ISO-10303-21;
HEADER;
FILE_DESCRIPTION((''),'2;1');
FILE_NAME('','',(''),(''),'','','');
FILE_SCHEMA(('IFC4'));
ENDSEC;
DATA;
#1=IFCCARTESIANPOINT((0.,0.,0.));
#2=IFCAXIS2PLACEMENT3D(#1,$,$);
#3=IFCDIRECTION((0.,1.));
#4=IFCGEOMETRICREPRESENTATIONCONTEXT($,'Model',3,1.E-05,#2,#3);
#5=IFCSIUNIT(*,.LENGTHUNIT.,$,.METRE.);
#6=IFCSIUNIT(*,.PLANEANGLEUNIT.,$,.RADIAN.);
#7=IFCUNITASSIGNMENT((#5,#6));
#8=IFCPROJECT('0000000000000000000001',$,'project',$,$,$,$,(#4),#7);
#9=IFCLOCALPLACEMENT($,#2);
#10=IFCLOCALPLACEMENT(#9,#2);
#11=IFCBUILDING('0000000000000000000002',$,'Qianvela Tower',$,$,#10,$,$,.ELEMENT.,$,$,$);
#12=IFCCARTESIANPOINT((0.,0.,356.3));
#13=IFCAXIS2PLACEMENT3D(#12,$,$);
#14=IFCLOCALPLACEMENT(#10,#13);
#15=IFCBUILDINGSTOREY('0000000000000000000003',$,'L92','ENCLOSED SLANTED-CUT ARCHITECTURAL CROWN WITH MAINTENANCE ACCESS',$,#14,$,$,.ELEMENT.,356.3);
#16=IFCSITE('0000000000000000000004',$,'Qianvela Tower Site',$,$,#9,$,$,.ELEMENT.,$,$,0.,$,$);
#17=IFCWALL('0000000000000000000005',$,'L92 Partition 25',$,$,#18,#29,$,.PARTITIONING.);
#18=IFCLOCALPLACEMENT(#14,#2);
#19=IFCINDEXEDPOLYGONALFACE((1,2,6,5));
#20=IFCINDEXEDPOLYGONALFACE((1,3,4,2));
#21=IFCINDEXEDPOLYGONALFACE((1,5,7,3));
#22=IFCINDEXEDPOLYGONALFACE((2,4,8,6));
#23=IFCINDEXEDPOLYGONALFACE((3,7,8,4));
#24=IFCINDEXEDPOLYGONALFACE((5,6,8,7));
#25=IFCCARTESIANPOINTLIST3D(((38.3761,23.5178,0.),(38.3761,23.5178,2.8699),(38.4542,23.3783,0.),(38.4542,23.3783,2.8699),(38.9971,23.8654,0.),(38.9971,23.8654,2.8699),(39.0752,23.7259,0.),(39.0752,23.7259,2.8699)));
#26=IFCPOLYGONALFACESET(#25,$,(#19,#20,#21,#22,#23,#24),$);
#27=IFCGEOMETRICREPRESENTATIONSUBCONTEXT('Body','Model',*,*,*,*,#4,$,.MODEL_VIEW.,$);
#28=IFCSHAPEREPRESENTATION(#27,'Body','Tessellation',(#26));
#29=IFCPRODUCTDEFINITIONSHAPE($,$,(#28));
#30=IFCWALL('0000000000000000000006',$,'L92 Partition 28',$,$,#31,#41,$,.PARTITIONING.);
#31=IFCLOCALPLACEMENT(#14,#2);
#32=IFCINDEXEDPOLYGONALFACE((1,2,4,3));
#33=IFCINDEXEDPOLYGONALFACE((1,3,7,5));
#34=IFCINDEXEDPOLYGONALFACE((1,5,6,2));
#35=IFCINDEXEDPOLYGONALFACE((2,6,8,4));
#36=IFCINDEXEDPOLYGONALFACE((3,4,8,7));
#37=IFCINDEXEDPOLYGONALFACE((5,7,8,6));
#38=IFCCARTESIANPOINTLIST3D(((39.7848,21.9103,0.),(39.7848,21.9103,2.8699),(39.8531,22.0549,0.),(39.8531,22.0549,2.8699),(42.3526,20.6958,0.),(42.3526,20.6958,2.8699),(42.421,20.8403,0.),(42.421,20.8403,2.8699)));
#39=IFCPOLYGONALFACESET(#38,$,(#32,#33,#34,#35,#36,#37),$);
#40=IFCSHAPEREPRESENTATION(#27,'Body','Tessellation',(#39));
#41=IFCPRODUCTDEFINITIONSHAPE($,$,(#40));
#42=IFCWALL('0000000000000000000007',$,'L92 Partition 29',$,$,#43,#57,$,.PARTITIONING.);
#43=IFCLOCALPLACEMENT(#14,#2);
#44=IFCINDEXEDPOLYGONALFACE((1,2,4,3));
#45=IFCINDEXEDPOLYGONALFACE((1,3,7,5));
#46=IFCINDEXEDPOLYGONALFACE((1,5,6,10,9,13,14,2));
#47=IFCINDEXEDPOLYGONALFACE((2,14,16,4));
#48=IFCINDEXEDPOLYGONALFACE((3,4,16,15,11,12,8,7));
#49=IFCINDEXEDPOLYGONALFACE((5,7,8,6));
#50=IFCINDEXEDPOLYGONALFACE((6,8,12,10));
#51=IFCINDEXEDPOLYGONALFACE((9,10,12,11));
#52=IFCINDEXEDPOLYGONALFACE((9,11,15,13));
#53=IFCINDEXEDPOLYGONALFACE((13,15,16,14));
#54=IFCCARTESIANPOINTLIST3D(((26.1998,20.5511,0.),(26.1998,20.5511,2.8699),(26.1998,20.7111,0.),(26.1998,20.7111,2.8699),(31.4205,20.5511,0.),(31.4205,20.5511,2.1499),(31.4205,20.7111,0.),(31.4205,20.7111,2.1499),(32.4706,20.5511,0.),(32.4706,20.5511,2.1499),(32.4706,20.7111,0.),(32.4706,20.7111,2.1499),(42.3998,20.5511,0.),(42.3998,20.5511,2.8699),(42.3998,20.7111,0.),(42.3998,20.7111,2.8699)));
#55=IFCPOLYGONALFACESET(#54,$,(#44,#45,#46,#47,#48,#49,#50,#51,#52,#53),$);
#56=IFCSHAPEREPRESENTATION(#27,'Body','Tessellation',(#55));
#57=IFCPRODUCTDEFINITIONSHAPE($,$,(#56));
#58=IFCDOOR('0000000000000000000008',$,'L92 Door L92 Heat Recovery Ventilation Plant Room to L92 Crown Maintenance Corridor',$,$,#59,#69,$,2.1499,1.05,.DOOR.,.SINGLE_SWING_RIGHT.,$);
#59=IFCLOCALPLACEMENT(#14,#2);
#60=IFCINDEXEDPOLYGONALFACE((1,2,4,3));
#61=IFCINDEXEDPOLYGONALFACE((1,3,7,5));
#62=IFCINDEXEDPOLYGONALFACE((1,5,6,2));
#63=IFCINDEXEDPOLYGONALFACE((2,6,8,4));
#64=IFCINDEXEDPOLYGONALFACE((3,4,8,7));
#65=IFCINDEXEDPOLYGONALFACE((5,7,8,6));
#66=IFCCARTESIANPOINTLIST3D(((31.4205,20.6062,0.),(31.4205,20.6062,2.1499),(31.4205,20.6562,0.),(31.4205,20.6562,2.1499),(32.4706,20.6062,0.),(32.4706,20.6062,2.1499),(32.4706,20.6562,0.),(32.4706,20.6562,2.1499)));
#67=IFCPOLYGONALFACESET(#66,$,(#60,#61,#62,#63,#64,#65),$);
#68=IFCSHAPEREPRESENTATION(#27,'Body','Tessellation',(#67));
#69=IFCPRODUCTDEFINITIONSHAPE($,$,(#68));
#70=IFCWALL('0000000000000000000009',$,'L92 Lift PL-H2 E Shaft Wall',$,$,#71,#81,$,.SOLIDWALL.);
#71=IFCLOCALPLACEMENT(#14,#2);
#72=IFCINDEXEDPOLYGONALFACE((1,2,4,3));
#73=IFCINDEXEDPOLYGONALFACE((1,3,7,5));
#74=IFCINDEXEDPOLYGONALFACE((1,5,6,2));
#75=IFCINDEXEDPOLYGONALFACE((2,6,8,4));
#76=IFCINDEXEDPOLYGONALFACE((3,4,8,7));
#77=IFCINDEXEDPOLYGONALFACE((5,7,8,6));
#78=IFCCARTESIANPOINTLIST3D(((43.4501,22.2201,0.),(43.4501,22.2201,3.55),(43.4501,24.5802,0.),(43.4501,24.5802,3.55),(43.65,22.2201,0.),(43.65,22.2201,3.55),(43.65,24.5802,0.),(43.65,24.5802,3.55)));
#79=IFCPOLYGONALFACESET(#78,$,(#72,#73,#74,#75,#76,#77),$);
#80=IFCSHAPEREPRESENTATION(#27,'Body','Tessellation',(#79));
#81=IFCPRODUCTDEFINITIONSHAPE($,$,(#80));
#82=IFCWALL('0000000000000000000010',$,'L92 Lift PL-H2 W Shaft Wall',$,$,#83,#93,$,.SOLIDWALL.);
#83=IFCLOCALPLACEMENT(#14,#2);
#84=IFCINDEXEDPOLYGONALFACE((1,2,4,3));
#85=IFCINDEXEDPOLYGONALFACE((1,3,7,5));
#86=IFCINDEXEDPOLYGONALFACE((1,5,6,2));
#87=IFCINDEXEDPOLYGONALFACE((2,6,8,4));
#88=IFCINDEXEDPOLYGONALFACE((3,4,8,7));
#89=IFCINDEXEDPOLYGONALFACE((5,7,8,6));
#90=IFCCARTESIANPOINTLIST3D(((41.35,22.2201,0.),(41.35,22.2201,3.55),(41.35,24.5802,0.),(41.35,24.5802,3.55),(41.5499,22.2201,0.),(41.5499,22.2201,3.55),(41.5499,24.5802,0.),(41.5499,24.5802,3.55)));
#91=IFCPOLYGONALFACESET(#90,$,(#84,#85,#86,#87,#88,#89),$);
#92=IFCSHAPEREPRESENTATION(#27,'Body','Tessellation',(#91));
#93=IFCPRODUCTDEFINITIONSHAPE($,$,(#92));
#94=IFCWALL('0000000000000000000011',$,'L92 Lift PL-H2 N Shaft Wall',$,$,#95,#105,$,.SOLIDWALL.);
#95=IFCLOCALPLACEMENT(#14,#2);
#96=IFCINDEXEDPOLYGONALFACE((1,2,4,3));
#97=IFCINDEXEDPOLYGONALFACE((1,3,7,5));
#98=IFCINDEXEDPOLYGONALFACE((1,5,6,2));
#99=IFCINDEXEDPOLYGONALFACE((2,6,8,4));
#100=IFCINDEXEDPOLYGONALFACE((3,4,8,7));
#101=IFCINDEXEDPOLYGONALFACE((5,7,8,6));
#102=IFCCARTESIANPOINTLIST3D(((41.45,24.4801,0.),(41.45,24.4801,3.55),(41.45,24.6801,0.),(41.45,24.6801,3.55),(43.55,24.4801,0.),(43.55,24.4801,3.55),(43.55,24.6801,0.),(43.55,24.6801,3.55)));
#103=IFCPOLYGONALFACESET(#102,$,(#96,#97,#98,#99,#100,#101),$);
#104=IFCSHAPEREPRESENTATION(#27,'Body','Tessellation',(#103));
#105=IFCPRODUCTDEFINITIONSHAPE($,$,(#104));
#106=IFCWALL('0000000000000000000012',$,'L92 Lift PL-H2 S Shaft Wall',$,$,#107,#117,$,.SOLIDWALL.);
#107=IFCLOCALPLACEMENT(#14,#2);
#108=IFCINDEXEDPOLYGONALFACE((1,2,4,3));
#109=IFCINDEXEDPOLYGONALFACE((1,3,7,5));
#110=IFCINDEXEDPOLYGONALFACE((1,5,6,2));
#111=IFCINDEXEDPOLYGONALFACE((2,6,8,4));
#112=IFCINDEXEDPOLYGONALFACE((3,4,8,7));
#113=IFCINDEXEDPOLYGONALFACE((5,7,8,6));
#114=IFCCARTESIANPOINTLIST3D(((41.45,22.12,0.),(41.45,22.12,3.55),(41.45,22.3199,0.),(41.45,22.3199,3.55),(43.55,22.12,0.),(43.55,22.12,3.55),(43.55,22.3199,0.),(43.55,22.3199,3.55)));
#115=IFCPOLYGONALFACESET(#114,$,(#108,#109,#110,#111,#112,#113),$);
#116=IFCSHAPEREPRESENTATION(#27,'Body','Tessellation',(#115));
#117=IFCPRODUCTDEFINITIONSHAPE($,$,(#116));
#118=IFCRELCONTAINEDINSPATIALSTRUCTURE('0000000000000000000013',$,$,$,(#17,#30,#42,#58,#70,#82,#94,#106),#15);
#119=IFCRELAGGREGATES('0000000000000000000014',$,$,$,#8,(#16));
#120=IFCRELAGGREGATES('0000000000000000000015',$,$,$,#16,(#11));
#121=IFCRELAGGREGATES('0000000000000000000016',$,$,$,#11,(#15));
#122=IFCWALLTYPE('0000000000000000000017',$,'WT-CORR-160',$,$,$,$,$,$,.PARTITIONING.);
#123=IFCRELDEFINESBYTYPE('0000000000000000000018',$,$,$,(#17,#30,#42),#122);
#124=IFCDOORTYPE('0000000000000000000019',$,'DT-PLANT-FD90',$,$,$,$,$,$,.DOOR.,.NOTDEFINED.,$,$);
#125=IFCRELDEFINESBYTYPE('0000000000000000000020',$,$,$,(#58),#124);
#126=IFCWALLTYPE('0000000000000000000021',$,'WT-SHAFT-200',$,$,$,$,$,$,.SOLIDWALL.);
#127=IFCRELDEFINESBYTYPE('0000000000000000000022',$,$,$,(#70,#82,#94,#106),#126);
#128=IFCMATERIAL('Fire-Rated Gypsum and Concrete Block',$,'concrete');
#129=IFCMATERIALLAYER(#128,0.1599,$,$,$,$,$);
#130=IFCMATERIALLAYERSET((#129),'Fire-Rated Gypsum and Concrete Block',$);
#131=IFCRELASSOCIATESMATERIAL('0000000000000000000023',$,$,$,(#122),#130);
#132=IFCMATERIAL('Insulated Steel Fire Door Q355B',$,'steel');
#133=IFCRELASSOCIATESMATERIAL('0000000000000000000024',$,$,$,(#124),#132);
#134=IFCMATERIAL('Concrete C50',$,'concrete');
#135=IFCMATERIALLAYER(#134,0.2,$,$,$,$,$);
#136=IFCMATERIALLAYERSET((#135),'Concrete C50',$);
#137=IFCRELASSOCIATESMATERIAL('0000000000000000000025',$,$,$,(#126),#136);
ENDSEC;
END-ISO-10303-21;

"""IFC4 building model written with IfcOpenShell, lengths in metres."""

from ifc_helpers import new_model, si_unit, direction, frame, frame_2d, origin, place, context, subcontext, project, spatial, rectangle, extrude, material, layer, layer_set, type_object, element, fill, save


model = new_model("IFC4")

# Units and contexts
model_context = context("Model", 3, precision=1e-05, world=origin(), true_north=direction((0.0, 1.0)))
body_context = subcontext(model_context, "Body", "Model", "MODEL_VIEW")
ifc_project = project(units=[si_unit("LENGTHUNIT", "METRE"), si_unit("PLANEANGLEUNIT", "RADIAN")], contexts=[model_context])

# Site, building, storey
site_placement = place(None, origin())
site = spatial("IfcSite", under=ifc_project, at=site_placement, Name="Qianvela Tower Site", CompositionType="ELEMENT", RefElevation=0.0)
building_placement = place(site_placement, origin())
building = spatial("IfcBuilding", under=site, at=building_placement, Name="Qianvela Tower", CompositionType="ELEMENT")
storey_placement = place(building_placement, frame((0.0, 0.0, 356.3)))
storey = spatial("IfcBuildingStorey", under=building, at=storey_placement, Name="L92", Description="ENCLOSED SLANTED-CUT ARCHITECTURAL CROWN WITH MAINTENANCE ACCESS", CompositionType="ELEMENT", Elevation=356.3)

# Shared definitions
ifc_material_1 = material(Name="Fire-Rated Gypsum and Concrete Block", Category="concrete")
ifc_layer_1 = layer(ifc_material_1, 0.1599)
ifc_layer_set_1 = layer_set([ifc_layer_1], Name="Fire-Rated Gypsum and Concrete Block")
wall_type_1 = type_object("IfcWallType", Name="WT-CORR-160", PredefinedType="PARTITIONING", material=ifc_layer_set_1)

# Walls
wall_1_placement = place(storey_placement, frame((38.415, 23.448, 0.0), z_axis=(0.0, 0.0, 1.0), x_axis=(0.8726, 0.488436, 0.0)))
element("IfcWall", 1, at=wall_1_placement, inside=storey, type_object=wall_type_1, Name="L92 Partition 25", PredefinedType="PARTITIONING", context=body_context, shape_type="SweptSolid", body=[
    extrude(rectangle(XDim=0.7117, YDim=0.1599, at=frame_2d((0.356, 0.0))), origin(), (0.0, 0.0, 1.0), 2.8699),
])
wall_2_placement = place(storey_placement, frame((39.8188, 21.9827, 0.0), z_axis=(0.0, 0.0, 1.0), x_axis=(0.903977, -0.42758, 0.0)))
element("IfcWall", 2, at=wall_2_placement, inside=storey, type_object=wall_type_1, Name="L92 Partition 28", PredefinedType="PARTITIONING", context=body_context, shape_type="SweptSolid", body=[
    extrude(rectangle(XDim=2.8406, YDim=0.1599, at=frame_2d((1.4204, 0.0))), origin(), (0.0, 0.0, 1.0), 2.8699),
])

# Wall, opening, door
wall_3_placement = place(storey_placement, frame((42.3999, 20.6311, 0.0), z_axis=(0.0, 0.0, 1.0), x_axis=(-1.0, 0.0, 0.0)))
wall_3 = element("IfcWall", 3, at=wall_3_placement, inside=storey, type_object=wall_type_1, Name="L92 Partition 29", PredefinedType="PARTITIONING", context=body_context, shape_type="SweptSolid", body=[
    extrude(rectangle(XDim=16.2, YDim=0.1599, at=frame_2d((8.1001, 0.0))), origin(), (0.0, 0.0, 1.0), 2.8699),
])
opening_1_placement = place(wall_3_placement, frame((9.9294, 0.0, 0.0)))
opening_1 = element("IfcOpeningElement", 4, at=opening_1_placement, cuts=wall_3, PredefinedType="OPENING", context=body_context, shape_type="SweptSolid", body=[
    extrude(rectangle(XDim=1.05, YDim=2.1499, at=frame_2d((0.5249, 1.075))), frame((0.0, 0.0898, 0.0), z_axis=(0.0, -1.0, 0.0), x_axis=(1.0, 0.0, 0.0)), (0.0, 0.0, 1.0), 0.1799),
])
ifc_material_2 = material(Name="Insulated Steel Fire Door Q355B", Category="steel")
door_type_1 = type_object("IfcDoorType", Name="DT-PLANT-FD90", OperationType="NOTDEFINED", PredefinedType="DOOR", material=ifc_material_2)
door_1_placement = place(opening_1_placement, origin())
door_1 = element("IfcDoor", 5, at=door_1_placement, inside=storey, type_object=door_type_1, Name="L92 Door L92 Heat Recovery Ventilation Plant Room to L92 Crown Maintenance Corridor", OperationType="SINGLE_SWING_RIGHT", OverallHeight=2.1499, OverallWidth=1.05, PredefinedType="DOOR", context=body_context, shape_type="SweptSolid", body=[
    extrude(rectangle(XDim=1.05, YDim=2.1499, at=frame_2d((0.5249, 1.075))), frame((0.0, 0.0249, 0.0), z_axis=(0.0, -1.0, 0.0), x_axis=(1.0, 0.0, 0.0)), (0.0, 0.0, 1.0), 0.05),
])
fill(opening_1, door_1)
ifc_material_3 = material(Name="Concrete C50", Category="concrete")
ifc_layer_2 = layer(ifc_material_3, 0.2)
ifc_layer_set_2 = layer_set([ifc_layer_2], Name="Concrete C50")
wall_type_2 = type_object("IfcWallType", Name="WT-SHAFT-200", PredefinedType="SOLIDWALL", material=ifc_layer_set_2)

# Walls
for number, where, z_axis, x_axis, name in (
    (6, (43.55, 22.22, 0.0), (0.0, 0.0, 1.0), (0.0, 1.0, 0.0), "L92 Lift PL-H2 E Shaft Wall"),
    (7, (41.45, 22.22, 0.0), (0.0, 0.0, 1.0), (0.0, 1.0, 0.0), "L92 Lift PL-H2 W Shaft Wall"),
):
    element("IfcWall", number, at=place(storey_placement, frame(where, z_axis=z_axis, x_axis=x_axis)), inside=storey, type_object=wall_type_2, Name=name, PredefinedType="SOLIDWALL", context=body_context, shape_type="SweptSolid", body=[
        extrude(rectangle(XDim=2.3601, YDim=0.2, at=frame_2d((1.1802, 0.0))), origin(), (0.0, 0.0, 1.0), 3.55),
    ])
for number, where, z_axis, x_axis, name in (
    (8, (41.45, 24.5801, 0.0), (0.0, 0.0, 1.0), (1.0, 0.0, 0.0), "L92 Lift PL-H2 N Shaft Wall"),
    (9, (41.45, 22.22, 0.0), (0.0, 0.0, 1.0), (1.0, 0.0, 0.0), "L92 Lift PL-H2 S Shaft Wall"),
):
    element("IfcWall", number, at=place(storey_placement, frame(where, z_axis=z_axis, x_axis=x_axis)), inside=storey, type_object=wall_type_2, Name=name, PredefinedType="SOLIDWALL", context=body_context, shape_type="SweptSolid", body=[
        extrude(rectangle(XDim=2.1001, YDim=0.2, at=frame_2d((1.05, 0.0))), origin(), (0.0, 0.0, 1.0), 3.55),
    ])

save(model, "model.ifc")
